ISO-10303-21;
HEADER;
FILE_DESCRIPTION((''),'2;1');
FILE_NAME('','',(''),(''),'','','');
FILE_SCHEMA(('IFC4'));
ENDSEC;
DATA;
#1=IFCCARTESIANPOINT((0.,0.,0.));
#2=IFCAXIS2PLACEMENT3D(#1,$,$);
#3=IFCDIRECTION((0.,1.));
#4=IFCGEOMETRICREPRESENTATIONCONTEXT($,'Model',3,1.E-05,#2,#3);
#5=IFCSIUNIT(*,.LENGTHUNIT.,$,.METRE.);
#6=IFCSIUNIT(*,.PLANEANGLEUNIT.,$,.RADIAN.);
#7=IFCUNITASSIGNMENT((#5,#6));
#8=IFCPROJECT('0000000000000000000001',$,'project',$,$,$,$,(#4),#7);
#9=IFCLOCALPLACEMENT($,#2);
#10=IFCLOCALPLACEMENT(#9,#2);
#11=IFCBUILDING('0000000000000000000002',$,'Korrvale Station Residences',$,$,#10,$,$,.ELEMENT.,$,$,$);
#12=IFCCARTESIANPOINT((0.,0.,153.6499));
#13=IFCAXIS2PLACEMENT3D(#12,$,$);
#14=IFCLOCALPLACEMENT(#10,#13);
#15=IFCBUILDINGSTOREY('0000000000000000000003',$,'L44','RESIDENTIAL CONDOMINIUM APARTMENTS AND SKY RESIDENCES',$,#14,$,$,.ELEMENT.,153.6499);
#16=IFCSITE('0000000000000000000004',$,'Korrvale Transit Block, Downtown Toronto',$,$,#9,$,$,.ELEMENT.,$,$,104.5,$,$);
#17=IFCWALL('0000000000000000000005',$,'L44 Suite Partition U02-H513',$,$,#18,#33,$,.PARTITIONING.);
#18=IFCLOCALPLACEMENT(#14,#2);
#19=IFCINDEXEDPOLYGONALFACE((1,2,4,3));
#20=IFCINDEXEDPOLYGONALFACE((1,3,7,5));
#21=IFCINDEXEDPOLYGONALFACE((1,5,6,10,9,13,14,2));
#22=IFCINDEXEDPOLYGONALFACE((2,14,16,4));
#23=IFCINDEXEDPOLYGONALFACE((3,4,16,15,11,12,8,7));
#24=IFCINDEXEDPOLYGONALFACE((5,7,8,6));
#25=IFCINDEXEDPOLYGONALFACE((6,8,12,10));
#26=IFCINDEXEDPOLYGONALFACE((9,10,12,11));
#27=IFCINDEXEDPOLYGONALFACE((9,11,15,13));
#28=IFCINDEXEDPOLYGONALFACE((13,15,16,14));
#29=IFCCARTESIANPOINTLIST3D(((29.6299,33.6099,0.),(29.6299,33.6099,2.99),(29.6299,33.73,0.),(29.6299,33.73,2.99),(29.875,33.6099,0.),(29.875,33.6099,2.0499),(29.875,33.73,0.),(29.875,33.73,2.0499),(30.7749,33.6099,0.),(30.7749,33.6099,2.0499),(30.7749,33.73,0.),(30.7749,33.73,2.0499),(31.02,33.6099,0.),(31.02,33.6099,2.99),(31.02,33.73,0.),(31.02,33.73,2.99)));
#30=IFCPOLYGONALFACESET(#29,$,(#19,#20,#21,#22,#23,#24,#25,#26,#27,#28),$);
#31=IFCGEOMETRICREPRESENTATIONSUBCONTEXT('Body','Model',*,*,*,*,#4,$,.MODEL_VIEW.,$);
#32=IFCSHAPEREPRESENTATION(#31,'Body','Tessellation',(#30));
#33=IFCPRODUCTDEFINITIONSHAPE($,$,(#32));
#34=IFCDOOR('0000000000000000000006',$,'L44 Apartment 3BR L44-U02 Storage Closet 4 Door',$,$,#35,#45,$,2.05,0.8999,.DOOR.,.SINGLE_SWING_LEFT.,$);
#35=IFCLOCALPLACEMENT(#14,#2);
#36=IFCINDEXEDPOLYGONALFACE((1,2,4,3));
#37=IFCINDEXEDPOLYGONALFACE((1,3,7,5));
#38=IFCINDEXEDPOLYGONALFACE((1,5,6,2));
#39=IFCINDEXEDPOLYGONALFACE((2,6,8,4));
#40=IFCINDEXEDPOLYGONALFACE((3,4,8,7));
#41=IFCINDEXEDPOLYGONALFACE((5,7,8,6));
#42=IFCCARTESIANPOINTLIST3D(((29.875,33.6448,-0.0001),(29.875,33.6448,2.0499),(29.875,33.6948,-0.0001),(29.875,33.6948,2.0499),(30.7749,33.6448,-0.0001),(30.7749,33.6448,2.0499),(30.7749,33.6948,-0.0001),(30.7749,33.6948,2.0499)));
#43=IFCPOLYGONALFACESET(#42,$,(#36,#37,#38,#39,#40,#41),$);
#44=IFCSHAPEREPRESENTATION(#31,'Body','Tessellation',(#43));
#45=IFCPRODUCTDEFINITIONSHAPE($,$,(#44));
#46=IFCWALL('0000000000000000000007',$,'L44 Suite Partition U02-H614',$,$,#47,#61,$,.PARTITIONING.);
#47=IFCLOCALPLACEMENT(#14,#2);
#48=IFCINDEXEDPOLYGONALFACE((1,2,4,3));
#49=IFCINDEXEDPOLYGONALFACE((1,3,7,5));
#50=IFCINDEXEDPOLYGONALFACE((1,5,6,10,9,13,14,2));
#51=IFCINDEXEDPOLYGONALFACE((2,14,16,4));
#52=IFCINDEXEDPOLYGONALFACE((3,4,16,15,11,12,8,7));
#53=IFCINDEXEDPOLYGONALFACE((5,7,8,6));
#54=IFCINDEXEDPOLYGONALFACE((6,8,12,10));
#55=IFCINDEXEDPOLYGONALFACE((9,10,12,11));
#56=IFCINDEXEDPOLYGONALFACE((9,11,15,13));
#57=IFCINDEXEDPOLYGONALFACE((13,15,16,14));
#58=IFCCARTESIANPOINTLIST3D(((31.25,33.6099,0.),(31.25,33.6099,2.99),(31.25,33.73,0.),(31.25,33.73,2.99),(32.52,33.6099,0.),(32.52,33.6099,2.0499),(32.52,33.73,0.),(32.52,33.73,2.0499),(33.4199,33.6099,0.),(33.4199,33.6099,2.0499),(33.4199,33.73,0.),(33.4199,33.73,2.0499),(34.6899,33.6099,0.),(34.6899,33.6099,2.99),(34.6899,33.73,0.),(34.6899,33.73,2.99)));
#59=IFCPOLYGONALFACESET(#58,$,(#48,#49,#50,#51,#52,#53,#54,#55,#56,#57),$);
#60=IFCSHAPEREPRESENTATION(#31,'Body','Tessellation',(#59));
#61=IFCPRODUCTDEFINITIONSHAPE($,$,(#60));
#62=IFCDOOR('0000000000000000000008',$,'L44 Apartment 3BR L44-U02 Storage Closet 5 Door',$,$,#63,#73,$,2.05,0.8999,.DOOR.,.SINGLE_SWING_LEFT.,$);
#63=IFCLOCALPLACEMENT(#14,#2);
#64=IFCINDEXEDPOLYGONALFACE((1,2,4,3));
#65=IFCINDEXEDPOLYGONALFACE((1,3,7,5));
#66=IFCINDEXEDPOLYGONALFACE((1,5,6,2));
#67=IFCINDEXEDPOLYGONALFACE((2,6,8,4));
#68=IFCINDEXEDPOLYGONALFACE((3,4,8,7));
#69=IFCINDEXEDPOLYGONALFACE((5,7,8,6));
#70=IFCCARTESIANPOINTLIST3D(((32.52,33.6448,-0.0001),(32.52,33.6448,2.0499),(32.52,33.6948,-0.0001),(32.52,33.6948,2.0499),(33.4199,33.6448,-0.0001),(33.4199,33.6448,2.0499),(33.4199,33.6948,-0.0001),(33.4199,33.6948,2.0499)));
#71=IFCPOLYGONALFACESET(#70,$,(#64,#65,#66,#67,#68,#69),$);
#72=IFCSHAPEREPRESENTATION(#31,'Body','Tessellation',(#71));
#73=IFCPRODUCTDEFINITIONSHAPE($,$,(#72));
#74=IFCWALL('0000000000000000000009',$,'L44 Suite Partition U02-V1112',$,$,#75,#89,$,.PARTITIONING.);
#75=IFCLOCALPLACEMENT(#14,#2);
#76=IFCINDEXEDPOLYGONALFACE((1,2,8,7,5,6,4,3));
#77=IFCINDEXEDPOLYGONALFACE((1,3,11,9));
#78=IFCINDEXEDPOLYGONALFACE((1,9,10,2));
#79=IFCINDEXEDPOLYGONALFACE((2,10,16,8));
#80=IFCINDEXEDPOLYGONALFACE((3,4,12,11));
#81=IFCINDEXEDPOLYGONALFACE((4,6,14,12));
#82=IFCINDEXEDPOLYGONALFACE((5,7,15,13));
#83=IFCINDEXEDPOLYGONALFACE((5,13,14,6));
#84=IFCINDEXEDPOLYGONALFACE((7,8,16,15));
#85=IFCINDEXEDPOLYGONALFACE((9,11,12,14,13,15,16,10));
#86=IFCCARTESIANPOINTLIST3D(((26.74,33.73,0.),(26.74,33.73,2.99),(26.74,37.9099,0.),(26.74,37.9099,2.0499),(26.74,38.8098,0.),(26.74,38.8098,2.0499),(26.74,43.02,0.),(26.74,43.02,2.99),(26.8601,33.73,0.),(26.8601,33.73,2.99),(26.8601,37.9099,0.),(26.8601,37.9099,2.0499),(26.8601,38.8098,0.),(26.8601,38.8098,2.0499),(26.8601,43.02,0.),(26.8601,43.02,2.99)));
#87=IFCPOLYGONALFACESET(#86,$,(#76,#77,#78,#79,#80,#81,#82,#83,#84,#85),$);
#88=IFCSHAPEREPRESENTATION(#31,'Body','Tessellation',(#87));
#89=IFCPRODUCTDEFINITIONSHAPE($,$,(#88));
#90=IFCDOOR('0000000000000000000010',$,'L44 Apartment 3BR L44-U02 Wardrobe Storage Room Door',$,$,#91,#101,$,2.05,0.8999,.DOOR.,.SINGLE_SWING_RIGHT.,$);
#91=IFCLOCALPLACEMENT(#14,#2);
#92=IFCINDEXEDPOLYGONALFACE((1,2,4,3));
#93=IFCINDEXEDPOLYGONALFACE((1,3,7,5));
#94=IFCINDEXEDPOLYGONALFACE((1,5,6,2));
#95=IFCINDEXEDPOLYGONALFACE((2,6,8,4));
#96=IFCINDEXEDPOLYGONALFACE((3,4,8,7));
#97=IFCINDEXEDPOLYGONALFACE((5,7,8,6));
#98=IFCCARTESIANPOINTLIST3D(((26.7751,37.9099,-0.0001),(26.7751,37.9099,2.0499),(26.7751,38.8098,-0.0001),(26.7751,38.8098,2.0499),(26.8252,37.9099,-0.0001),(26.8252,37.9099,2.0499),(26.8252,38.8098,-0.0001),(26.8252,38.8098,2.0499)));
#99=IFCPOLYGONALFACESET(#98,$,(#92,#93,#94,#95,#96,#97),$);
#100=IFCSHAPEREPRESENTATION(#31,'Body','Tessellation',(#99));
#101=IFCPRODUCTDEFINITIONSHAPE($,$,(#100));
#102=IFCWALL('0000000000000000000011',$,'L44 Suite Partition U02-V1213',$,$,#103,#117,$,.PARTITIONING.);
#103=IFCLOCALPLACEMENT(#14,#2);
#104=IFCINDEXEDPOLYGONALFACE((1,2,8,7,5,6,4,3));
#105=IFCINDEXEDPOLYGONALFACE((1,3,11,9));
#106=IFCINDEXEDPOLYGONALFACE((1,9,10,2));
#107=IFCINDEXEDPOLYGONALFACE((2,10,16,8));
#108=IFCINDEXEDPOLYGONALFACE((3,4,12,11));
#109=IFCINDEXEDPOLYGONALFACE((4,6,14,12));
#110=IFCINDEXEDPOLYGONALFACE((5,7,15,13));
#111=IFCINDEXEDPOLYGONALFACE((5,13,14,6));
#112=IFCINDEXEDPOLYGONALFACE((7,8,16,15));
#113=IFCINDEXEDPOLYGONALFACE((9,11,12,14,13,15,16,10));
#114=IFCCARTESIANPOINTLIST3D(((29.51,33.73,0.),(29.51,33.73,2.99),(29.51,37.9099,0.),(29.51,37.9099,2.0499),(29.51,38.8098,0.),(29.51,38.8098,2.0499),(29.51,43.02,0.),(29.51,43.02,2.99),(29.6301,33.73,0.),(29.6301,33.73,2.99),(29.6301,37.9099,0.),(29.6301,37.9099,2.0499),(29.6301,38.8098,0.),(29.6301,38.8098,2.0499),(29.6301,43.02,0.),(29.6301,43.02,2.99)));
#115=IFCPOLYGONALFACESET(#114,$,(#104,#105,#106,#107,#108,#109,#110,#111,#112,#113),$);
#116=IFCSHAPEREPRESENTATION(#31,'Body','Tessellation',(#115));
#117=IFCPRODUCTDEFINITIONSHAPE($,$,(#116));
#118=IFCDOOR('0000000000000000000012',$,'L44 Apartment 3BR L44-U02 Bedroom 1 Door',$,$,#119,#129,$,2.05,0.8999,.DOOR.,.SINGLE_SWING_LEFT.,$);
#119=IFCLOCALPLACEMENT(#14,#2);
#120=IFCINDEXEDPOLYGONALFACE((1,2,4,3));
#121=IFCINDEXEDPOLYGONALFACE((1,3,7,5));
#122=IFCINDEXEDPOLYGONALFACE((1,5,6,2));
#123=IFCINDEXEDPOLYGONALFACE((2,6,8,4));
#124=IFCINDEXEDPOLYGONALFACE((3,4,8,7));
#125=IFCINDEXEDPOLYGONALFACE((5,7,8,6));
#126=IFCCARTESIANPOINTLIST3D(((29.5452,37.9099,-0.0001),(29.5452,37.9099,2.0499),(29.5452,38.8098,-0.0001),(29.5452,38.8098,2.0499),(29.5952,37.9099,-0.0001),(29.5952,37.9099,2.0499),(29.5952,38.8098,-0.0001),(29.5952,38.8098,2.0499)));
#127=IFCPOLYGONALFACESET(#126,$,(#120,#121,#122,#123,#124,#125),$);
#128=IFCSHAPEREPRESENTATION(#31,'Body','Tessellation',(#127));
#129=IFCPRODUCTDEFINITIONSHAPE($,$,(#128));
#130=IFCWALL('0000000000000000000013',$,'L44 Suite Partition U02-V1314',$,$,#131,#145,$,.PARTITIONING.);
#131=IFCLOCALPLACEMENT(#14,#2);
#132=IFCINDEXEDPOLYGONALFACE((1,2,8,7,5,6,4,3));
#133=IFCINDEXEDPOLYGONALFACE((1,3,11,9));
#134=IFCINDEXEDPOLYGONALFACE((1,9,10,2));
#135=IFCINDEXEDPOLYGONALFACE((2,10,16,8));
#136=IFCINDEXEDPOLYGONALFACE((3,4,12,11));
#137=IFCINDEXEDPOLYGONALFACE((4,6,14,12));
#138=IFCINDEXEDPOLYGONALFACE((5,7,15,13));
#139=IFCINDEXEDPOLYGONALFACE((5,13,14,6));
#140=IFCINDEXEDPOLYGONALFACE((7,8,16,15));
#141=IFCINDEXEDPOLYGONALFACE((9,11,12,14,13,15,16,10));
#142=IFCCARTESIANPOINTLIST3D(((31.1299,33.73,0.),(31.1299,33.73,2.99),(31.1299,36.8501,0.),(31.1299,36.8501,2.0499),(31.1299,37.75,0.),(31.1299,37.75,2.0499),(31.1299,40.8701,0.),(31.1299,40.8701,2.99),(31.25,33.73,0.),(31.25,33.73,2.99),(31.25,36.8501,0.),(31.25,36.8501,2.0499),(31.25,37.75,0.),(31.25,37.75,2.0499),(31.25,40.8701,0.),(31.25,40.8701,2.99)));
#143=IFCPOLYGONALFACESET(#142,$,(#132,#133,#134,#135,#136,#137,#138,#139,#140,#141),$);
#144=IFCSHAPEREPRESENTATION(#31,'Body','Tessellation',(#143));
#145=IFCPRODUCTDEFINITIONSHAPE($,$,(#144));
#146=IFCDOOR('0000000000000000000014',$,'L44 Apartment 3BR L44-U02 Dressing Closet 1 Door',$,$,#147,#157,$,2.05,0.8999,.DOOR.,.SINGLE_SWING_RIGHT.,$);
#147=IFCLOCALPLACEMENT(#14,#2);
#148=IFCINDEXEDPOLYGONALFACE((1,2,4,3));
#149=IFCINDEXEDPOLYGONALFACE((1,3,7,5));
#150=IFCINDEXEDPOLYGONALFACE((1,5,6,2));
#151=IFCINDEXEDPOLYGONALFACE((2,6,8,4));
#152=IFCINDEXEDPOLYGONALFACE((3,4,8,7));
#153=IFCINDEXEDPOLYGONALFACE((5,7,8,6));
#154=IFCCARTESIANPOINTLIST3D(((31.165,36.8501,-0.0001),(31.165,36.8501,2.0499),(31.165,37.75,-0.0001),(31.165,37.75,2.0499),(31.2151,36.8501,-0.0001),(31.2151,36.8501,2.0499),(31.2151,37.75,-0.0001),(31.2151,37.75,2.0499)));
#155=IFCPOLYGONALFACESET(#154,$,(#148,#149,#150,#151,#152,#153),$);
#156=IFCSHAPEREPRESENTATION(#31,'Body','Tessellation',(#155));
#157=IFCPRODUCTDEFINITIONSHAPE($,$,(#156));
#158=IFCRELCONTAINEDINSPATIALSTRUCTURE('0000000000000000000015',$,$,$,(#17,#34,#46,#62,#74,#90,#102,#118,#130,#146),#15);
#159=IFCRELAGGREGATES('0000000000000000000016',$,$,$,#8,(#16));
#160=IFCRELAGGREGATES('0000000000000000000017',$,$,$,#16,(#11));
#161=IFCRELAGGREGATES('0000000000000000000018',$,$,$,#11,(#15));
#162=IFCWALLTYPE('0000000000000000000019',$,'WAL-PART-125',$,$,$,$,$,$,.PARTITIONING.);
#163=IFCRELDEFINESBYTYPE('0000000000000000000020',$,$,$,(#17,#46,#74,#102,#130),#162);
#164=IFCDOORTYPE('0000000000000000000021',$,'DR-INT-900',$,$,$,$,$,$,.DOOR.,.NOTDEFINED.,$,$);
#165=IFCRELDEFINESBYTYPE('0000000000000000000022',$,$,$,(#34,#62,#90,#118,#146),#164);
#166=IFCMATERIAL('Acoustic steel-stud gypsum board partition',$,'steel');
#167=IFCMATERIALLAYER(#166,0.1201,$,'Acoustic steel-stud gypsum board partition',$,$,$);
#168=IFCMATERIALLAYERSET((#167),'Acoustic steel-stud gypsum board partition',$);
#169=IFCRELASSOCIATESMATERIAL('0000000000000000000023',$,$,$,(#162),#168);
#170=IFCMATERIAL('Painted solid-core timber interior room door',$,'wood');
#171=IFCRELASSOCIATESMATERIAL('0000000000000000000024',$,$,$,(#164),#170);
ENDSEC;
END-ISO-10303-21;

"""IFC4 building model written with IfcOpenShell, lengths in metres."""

from ifc_helpers import new_model, si_unit, direction, frame, frame_2d, origin, place, context, subcontext, project, spatial, rectangle, extrude, material, layer, layer_set, type_object, element, fill, save


model = new_model("IFC4")

# Units and contexts
model_context = context("Model", 3, precision=1e-05, world=origin(), true_north=direction((0.0, 1.0)))
body_context = subcontext(model_context, "Body", "Model", "MODEL_VIEW")
ifc_project = project(units=[si_unit("LENGTHUNIT", "METRE"), si_unit("PLANEANGLEUNIT", "RADIAN")], contexts=[model_context])

# Site, building, storey
site_placement = place(None, origin())
site = spatial("IfcSite", under=ifc_project, at=site_placement, Name="Korrvale Transit Block, Downtown Toronto", CompositionType="ELEMENT", RefElevation=104.5)
building_placement = place(site_placement, origin())
building = spatial("IfcBuilding", under=site, at=building_placement, Name="Korrvale Station Residences", CompositionType="ELEMENT")
storey_placement = place(building_placement, frame((0.0, 0.0, 153.6499)))
storey = spatial("IfcBuildingStorey", under=building, at=storey_placement, Name="L44", Description="RESIDENTIAL CONDOMINIUM APARTMENTS AND SKY RESIDENCES", CompositionType="ELEMENT", Elevation=153.6499)

# Shared definitions
ifc_material_1 = material(Name="Acoustic steel-stud gypsum board partition", Category="steel")
ifc_layer_1 = layer(ifc_material_1, 0.1201, Name="Acoustic steel-stud gypsum board partition")
ifc_layer_set_1 = layer_set([ifc_layer_1], Name="Acoustic steel-stud gypsum board partition")
wall_type_1 = type_object("IfcWallType", Name="WAL-PART-125", PredefinedType="PARTITIONING", material=ifc_layer_set_1)
ifc_material_2 = material(Name="Painted solid-core timber interior room door", Category="wood")
door_type_1 = type_object("IfcDoorType", Name="DR-INT-900", OperationType="NOTDEFINED", PredefinedType="DOOR", material=ifc_material_2)

# Walls, openings, doors
wall_1_placement = place(storey_placement, frame((29.6299, 33.6699, 0.0), z_axis=(0.0, 0.0, 1.0), x_axis=(1.0, 0.0, 0.0)))
wall_1 = element("IfcWall", 1, at=wall_1_placement, inside=storey, type_object=wall_type_1, Name="L44 Suite Partition U02-H513", PredefinedType="PARTITIONING", context=body_context, shape_type="SweptSolid", body=[
    extrude(rectangle(XDim=1.3901, YDim=0.1201, at=frame_2d((0.6951, 0.0))), origin(), (0.0, 0.0, 1.0), 2.99),
])
opening_1_placement = place(wall_1_placement, frame((0.2451, 0.0, 0.0)))
opening_1 = element("IfcOpeningElement", 2, at=opening_1_placement, cuts=wall_1, PredefinedType="OPENING", context=body_context, shape_type="SweptSolid", body=[
    extrude(rectangle(XDim=0.8999, YDim=2.05, at=frame_2d((0.45, 1.0249))), frame((0.0, 0.0701, 0.0), z_axis=(0.0, -1.0, 0.0), x_axis=(1.0, 0.0, 0.0)), (0.0, 0.0, 1.0), 0.1401),
])
door_1_placement = place(opening_1_placement, origin())
door_1 = element("IfcDoor", 3, at=door_1_placement, inside=storey, type_object=door_type_1, Name="L44 Apartment 3BR L44-U02 Storage Closet 4 Door", OperationType="SINGLE_SWING_LEFT", OverallHeight=2.05, OverallWidth=0.8999, PredefinedType="DOOR", context=body_context, shape_type="SweptSolid", body=[
    extrude(rectangle(XDim=0.8999, YDim=2.05, at=frame_2d((0.45, 1.0249))), frame((0.0, 0.0249, 0.0), z_axis=(0.0, -1.0, 0.0), x_axis=(1.0, 0.0, 0.0)), (0.0, 0.0, 1.0), 0.05),
])
fill(opening_1, door_1)
wall_2_placement = place(storey_placement, frame((31.25, 33.6699, 0.0), z_axis=(0.0, 0.0, 1.0), x_axis=(1.0, 0.0, 0.0)))
wall_2 = element("IfcWall", 4, at=wall_2_placement, inside=storey, type_object=wall_type_1, Name="L44 Suite Partition U02-H614", PredefinedType="PARTITIONING", context=body_context, shape_type="SweptSolid", body=[
    extrude(rectangle(XDim=3.4399, YDim=0.1201, at=frame_2d((1.72, 0.0))), origin(), (0.0, 0.0, 1.0), 2.99),
])
opening_2_placement = place(wall_2_placement, frame((1.27, 0.0, 0.0)))
opening_2 = element("IfcOpeningElement", 5, at=opening_2_placement, cuts=wall_2, PredefinedType="OPENING", context=body_context, shape_type="SweptSolid", body=[
    extrude(rectangle(XDim=0.8999, YDim=2.05, at=frame_2d((0.45, 1.0249))), frame((0.0, 0.0701, 0.0), z_axis=(0.0, -1.0, 0.0), x_axis=(1.0, 0.0, 0.0)), (0.0, 0.0, 1.0), 0.1401),
])
door_2_placement = place(opening_2_placement, origin())
door_2 = element("IfcDoor", 6, at=door_2_placement, inside=storey, type_object=door_type_1, Name="L44 Apartment 3BR L44-U02 Storage Closet 5 Door", OperationType="SINGLE_SWING_LEFT", OverallHeight=2.05, OverallWidth=0.8999, PredefinedType="DOOR", context=body_context, shape_type="SweptSolid", body=[
    extrude(rectangle(XDim=0.8999, YDim=2.05, at=frame_2d((0.45, 1.0249))), frame((0.0, 0.0249, 0.0), z_axis=(0.0, -1.0, 0.0), x_axis=(1.0, 0.0, 0.0)), (0.0, 0.0, 1.0), 0.05),
])
fill(opening_2, door_2)
wall_3_placement = place(storey_placement, frame((26.8, 33.73, 0.0), z_axis=(0.0, 0.0, 1.0), x_axis=(0.0, 1.0, 0.0)))
wall_3 = element("IfcWall", 7, at=wall_3_placement, inside=storey, type_object=wall_type_1, Name="L44 Suite Partition U02-V1112", PredefinedType="PARTITIONING", context=body_context, shape_type="SweptSolid", body=[
    extrude(rectangle(XDim=9.29, YDim=0.1201, at=frame_2d((4.645, 0.0))), origin(), (0.0, 0.0, 1.0), 2.99),
])
opening_3_placement = place(wall_3_placement, frame((4.1799, 0.0, 0.0)))
opening_3 = element("IfcOpeningElement", 8, at=opening_3_placement, cuts=wall_3, PredefinedType="OPENING", context=body_context, shape_type="SweptSolid", body=[
    extrude(rectangle(XDim=0.8999, YDim=2.05, at=frame_2d((0.45, 1.0249))), frame((0.0, 0.0701, 0.0), z_axis=(0.0, -1.0, 0.0), x_axis=(1.0, 0.0, 0.0)), (0.0, 0.0, 1.0), 0.1401),
])
door_3_placement = place(opening_3_placement, origin())
door_3 = element("IfcDoor", 9, at=door_3_placement, inside=storey, type_object=door_type_1, Name="L44 Apartment 3BR L44-U02 Wardrobe Storage Room Door", OperationType="SINGLE_SWING_RIGHT", OverallHeight=2.05, OverallWidth=0.8999, PredefinedType="DOOR", context=body_context, shape_type="SweptSolid", body=[
    extrude(rectangle(XDim=0.8999, YDim=2.05, at=frame_2d((0.45, 1.0249))), frame((0.0, 0.0249, 0.0), z_axis=(0.0, -1.0, 0.0), x_axis=(1.0, 0.0, 0.0)), (0.0, 0.0, 1.0), 0.05),
])
fill(opening_3, door_3)
wall_4_placement = place(storey_placement, frame((29.5701, 33.73, 0.0), z_axis=(0.0, 0.0, 1.0), x_axis=(0.0, 1.0, 0.0)))
wall_4 = element("IfcWall", 10, at=wall_4_placement, inside=storey, type_object=wall_type_1, Name="L44 Suite Partition U02-V1213", PredefinedType="PARTITIONING", context=body_context, shape_type="SweptSolid", body=[
    extrude(rectangle(XDim=9.29, YDim=0.1201, at=frame_2d((4.645, 0.0))), origin(), (0.0, 0.0, 1.0), 2.99),
])
opening_4_placement = place(wall_4_placement, frame((4.1799, 0.0, 0.0)))
opening_4 = element("IfcOpeningElement", 11, at=opening_4_placement, cuts=wall_4, PredefinedType="OPENING", context=body_context, shape_type="SweptSolid", body=[
    extrude(rectangle(XDim=0.8999, YDim=2.05, at=frame_2d((0.45, 1.0249))), frame((0.0, 0.0701, 0.0), z_axis=(0.0, -1.0, 0.0), x_axis=(1.0, 0.0, 0.0)), (0.0, 0.0, 1.0), 0.1401),
])
door_4_placement = place(opening_4_placement, origin())
door_4 = element("IfcDoor", 12, at=door_4_placement, inside=storey, type_object=door_type_1, Name="L44 Apartment 3BR L44-U02 Bedroom 1 Door", OperationType="SINGLE_SWING_LEFT", OverallHeight=2.05, OverallWidth=0.8999, PredefinedType="DOOR", context=body_context, shape_type="SweptSolid", body=[
    extrude(rectangle(XDim=0.8999, YDim=2.05, at=frame_2d((0.45, 1.0249))), frame((0.0, 0.0249, 0.0), z_axis=(0.0, -1.0, 0.0), x_axis=(1.0, 0.0, 0.0)), (0.0, 0.0, 1.0), 0.05),
])
fill(opening_4, door_4)
wall_5_placement = place(storey_placement, frame((31.1899, 33.73, 0.0), z_axis=(0.0, 0.0, 1.0), x_axis=(0.0, 1.0, 0.0)))
wall_5 = element("IfcWall", 13, at=wall_5_placement, inside=storey, type_object=wall_type_1, Name="L44 Suite Partition U02-V1314", PredefinedType="PARTITIONING", context=body_context, shape_type="SweptSolid", body=[
    extrude(rectangle(XDim=7.1401, YDim=0.1201, at=frame_2d((3.5701, 0.0))), origin(), (0.0, 0.0, 1.0), 2.99),
])
opening_5_placement = place(wall_5_placement, frame((3.1201, 0.0, 0.0)))
opening_5 = element("IfcOpeningElement", 14, at=opening_5_placement, cuts=wall_5, PredefinedType="OPENING", context=body_context, shape_type="SweptSolid", body=[
    extrude(rectangle(XDim=0.8999, YDim=2.05, at=frame_2d((0.45, 1.0249))), frame((0.0, 0.0701, 0.0), z_axis=(0.0, -1.0, 0.0), x_axis=(1.0, 0.0, 0.0)), (0.0, 0.0, 1.0), 0.1401),
])
door_5_placement = place(opening_5_placement, origin())
door_5 = element("IfcDoor", 15, at=door_5_placement, inside=storey, type_object=door_type_1, Name="L44 Apartment 3BR L44-U02 Dressing Closet 1 Door", OperationType="SINGLE_SWING_RIGHT", OverallHeight=2.05, OverallWidth=0.8999, PredefinedType="DOOR", context=body_context, shape_type="SweptSolid", body=[
    extrude(rectangle(XDim=0.8999, YDim=2.05, at=frame_2d((0.45, 1.0249))), frame((0.0, 0.0249, 0.0), z_axis=(0.0, -1.0, 0.0), x_axis=(1.0, 0.0, 0.0)), (0.0, 0.0, 1.0), 0.05),
])
fill(opening_5, door_5)

save(model, "model.ifc")
